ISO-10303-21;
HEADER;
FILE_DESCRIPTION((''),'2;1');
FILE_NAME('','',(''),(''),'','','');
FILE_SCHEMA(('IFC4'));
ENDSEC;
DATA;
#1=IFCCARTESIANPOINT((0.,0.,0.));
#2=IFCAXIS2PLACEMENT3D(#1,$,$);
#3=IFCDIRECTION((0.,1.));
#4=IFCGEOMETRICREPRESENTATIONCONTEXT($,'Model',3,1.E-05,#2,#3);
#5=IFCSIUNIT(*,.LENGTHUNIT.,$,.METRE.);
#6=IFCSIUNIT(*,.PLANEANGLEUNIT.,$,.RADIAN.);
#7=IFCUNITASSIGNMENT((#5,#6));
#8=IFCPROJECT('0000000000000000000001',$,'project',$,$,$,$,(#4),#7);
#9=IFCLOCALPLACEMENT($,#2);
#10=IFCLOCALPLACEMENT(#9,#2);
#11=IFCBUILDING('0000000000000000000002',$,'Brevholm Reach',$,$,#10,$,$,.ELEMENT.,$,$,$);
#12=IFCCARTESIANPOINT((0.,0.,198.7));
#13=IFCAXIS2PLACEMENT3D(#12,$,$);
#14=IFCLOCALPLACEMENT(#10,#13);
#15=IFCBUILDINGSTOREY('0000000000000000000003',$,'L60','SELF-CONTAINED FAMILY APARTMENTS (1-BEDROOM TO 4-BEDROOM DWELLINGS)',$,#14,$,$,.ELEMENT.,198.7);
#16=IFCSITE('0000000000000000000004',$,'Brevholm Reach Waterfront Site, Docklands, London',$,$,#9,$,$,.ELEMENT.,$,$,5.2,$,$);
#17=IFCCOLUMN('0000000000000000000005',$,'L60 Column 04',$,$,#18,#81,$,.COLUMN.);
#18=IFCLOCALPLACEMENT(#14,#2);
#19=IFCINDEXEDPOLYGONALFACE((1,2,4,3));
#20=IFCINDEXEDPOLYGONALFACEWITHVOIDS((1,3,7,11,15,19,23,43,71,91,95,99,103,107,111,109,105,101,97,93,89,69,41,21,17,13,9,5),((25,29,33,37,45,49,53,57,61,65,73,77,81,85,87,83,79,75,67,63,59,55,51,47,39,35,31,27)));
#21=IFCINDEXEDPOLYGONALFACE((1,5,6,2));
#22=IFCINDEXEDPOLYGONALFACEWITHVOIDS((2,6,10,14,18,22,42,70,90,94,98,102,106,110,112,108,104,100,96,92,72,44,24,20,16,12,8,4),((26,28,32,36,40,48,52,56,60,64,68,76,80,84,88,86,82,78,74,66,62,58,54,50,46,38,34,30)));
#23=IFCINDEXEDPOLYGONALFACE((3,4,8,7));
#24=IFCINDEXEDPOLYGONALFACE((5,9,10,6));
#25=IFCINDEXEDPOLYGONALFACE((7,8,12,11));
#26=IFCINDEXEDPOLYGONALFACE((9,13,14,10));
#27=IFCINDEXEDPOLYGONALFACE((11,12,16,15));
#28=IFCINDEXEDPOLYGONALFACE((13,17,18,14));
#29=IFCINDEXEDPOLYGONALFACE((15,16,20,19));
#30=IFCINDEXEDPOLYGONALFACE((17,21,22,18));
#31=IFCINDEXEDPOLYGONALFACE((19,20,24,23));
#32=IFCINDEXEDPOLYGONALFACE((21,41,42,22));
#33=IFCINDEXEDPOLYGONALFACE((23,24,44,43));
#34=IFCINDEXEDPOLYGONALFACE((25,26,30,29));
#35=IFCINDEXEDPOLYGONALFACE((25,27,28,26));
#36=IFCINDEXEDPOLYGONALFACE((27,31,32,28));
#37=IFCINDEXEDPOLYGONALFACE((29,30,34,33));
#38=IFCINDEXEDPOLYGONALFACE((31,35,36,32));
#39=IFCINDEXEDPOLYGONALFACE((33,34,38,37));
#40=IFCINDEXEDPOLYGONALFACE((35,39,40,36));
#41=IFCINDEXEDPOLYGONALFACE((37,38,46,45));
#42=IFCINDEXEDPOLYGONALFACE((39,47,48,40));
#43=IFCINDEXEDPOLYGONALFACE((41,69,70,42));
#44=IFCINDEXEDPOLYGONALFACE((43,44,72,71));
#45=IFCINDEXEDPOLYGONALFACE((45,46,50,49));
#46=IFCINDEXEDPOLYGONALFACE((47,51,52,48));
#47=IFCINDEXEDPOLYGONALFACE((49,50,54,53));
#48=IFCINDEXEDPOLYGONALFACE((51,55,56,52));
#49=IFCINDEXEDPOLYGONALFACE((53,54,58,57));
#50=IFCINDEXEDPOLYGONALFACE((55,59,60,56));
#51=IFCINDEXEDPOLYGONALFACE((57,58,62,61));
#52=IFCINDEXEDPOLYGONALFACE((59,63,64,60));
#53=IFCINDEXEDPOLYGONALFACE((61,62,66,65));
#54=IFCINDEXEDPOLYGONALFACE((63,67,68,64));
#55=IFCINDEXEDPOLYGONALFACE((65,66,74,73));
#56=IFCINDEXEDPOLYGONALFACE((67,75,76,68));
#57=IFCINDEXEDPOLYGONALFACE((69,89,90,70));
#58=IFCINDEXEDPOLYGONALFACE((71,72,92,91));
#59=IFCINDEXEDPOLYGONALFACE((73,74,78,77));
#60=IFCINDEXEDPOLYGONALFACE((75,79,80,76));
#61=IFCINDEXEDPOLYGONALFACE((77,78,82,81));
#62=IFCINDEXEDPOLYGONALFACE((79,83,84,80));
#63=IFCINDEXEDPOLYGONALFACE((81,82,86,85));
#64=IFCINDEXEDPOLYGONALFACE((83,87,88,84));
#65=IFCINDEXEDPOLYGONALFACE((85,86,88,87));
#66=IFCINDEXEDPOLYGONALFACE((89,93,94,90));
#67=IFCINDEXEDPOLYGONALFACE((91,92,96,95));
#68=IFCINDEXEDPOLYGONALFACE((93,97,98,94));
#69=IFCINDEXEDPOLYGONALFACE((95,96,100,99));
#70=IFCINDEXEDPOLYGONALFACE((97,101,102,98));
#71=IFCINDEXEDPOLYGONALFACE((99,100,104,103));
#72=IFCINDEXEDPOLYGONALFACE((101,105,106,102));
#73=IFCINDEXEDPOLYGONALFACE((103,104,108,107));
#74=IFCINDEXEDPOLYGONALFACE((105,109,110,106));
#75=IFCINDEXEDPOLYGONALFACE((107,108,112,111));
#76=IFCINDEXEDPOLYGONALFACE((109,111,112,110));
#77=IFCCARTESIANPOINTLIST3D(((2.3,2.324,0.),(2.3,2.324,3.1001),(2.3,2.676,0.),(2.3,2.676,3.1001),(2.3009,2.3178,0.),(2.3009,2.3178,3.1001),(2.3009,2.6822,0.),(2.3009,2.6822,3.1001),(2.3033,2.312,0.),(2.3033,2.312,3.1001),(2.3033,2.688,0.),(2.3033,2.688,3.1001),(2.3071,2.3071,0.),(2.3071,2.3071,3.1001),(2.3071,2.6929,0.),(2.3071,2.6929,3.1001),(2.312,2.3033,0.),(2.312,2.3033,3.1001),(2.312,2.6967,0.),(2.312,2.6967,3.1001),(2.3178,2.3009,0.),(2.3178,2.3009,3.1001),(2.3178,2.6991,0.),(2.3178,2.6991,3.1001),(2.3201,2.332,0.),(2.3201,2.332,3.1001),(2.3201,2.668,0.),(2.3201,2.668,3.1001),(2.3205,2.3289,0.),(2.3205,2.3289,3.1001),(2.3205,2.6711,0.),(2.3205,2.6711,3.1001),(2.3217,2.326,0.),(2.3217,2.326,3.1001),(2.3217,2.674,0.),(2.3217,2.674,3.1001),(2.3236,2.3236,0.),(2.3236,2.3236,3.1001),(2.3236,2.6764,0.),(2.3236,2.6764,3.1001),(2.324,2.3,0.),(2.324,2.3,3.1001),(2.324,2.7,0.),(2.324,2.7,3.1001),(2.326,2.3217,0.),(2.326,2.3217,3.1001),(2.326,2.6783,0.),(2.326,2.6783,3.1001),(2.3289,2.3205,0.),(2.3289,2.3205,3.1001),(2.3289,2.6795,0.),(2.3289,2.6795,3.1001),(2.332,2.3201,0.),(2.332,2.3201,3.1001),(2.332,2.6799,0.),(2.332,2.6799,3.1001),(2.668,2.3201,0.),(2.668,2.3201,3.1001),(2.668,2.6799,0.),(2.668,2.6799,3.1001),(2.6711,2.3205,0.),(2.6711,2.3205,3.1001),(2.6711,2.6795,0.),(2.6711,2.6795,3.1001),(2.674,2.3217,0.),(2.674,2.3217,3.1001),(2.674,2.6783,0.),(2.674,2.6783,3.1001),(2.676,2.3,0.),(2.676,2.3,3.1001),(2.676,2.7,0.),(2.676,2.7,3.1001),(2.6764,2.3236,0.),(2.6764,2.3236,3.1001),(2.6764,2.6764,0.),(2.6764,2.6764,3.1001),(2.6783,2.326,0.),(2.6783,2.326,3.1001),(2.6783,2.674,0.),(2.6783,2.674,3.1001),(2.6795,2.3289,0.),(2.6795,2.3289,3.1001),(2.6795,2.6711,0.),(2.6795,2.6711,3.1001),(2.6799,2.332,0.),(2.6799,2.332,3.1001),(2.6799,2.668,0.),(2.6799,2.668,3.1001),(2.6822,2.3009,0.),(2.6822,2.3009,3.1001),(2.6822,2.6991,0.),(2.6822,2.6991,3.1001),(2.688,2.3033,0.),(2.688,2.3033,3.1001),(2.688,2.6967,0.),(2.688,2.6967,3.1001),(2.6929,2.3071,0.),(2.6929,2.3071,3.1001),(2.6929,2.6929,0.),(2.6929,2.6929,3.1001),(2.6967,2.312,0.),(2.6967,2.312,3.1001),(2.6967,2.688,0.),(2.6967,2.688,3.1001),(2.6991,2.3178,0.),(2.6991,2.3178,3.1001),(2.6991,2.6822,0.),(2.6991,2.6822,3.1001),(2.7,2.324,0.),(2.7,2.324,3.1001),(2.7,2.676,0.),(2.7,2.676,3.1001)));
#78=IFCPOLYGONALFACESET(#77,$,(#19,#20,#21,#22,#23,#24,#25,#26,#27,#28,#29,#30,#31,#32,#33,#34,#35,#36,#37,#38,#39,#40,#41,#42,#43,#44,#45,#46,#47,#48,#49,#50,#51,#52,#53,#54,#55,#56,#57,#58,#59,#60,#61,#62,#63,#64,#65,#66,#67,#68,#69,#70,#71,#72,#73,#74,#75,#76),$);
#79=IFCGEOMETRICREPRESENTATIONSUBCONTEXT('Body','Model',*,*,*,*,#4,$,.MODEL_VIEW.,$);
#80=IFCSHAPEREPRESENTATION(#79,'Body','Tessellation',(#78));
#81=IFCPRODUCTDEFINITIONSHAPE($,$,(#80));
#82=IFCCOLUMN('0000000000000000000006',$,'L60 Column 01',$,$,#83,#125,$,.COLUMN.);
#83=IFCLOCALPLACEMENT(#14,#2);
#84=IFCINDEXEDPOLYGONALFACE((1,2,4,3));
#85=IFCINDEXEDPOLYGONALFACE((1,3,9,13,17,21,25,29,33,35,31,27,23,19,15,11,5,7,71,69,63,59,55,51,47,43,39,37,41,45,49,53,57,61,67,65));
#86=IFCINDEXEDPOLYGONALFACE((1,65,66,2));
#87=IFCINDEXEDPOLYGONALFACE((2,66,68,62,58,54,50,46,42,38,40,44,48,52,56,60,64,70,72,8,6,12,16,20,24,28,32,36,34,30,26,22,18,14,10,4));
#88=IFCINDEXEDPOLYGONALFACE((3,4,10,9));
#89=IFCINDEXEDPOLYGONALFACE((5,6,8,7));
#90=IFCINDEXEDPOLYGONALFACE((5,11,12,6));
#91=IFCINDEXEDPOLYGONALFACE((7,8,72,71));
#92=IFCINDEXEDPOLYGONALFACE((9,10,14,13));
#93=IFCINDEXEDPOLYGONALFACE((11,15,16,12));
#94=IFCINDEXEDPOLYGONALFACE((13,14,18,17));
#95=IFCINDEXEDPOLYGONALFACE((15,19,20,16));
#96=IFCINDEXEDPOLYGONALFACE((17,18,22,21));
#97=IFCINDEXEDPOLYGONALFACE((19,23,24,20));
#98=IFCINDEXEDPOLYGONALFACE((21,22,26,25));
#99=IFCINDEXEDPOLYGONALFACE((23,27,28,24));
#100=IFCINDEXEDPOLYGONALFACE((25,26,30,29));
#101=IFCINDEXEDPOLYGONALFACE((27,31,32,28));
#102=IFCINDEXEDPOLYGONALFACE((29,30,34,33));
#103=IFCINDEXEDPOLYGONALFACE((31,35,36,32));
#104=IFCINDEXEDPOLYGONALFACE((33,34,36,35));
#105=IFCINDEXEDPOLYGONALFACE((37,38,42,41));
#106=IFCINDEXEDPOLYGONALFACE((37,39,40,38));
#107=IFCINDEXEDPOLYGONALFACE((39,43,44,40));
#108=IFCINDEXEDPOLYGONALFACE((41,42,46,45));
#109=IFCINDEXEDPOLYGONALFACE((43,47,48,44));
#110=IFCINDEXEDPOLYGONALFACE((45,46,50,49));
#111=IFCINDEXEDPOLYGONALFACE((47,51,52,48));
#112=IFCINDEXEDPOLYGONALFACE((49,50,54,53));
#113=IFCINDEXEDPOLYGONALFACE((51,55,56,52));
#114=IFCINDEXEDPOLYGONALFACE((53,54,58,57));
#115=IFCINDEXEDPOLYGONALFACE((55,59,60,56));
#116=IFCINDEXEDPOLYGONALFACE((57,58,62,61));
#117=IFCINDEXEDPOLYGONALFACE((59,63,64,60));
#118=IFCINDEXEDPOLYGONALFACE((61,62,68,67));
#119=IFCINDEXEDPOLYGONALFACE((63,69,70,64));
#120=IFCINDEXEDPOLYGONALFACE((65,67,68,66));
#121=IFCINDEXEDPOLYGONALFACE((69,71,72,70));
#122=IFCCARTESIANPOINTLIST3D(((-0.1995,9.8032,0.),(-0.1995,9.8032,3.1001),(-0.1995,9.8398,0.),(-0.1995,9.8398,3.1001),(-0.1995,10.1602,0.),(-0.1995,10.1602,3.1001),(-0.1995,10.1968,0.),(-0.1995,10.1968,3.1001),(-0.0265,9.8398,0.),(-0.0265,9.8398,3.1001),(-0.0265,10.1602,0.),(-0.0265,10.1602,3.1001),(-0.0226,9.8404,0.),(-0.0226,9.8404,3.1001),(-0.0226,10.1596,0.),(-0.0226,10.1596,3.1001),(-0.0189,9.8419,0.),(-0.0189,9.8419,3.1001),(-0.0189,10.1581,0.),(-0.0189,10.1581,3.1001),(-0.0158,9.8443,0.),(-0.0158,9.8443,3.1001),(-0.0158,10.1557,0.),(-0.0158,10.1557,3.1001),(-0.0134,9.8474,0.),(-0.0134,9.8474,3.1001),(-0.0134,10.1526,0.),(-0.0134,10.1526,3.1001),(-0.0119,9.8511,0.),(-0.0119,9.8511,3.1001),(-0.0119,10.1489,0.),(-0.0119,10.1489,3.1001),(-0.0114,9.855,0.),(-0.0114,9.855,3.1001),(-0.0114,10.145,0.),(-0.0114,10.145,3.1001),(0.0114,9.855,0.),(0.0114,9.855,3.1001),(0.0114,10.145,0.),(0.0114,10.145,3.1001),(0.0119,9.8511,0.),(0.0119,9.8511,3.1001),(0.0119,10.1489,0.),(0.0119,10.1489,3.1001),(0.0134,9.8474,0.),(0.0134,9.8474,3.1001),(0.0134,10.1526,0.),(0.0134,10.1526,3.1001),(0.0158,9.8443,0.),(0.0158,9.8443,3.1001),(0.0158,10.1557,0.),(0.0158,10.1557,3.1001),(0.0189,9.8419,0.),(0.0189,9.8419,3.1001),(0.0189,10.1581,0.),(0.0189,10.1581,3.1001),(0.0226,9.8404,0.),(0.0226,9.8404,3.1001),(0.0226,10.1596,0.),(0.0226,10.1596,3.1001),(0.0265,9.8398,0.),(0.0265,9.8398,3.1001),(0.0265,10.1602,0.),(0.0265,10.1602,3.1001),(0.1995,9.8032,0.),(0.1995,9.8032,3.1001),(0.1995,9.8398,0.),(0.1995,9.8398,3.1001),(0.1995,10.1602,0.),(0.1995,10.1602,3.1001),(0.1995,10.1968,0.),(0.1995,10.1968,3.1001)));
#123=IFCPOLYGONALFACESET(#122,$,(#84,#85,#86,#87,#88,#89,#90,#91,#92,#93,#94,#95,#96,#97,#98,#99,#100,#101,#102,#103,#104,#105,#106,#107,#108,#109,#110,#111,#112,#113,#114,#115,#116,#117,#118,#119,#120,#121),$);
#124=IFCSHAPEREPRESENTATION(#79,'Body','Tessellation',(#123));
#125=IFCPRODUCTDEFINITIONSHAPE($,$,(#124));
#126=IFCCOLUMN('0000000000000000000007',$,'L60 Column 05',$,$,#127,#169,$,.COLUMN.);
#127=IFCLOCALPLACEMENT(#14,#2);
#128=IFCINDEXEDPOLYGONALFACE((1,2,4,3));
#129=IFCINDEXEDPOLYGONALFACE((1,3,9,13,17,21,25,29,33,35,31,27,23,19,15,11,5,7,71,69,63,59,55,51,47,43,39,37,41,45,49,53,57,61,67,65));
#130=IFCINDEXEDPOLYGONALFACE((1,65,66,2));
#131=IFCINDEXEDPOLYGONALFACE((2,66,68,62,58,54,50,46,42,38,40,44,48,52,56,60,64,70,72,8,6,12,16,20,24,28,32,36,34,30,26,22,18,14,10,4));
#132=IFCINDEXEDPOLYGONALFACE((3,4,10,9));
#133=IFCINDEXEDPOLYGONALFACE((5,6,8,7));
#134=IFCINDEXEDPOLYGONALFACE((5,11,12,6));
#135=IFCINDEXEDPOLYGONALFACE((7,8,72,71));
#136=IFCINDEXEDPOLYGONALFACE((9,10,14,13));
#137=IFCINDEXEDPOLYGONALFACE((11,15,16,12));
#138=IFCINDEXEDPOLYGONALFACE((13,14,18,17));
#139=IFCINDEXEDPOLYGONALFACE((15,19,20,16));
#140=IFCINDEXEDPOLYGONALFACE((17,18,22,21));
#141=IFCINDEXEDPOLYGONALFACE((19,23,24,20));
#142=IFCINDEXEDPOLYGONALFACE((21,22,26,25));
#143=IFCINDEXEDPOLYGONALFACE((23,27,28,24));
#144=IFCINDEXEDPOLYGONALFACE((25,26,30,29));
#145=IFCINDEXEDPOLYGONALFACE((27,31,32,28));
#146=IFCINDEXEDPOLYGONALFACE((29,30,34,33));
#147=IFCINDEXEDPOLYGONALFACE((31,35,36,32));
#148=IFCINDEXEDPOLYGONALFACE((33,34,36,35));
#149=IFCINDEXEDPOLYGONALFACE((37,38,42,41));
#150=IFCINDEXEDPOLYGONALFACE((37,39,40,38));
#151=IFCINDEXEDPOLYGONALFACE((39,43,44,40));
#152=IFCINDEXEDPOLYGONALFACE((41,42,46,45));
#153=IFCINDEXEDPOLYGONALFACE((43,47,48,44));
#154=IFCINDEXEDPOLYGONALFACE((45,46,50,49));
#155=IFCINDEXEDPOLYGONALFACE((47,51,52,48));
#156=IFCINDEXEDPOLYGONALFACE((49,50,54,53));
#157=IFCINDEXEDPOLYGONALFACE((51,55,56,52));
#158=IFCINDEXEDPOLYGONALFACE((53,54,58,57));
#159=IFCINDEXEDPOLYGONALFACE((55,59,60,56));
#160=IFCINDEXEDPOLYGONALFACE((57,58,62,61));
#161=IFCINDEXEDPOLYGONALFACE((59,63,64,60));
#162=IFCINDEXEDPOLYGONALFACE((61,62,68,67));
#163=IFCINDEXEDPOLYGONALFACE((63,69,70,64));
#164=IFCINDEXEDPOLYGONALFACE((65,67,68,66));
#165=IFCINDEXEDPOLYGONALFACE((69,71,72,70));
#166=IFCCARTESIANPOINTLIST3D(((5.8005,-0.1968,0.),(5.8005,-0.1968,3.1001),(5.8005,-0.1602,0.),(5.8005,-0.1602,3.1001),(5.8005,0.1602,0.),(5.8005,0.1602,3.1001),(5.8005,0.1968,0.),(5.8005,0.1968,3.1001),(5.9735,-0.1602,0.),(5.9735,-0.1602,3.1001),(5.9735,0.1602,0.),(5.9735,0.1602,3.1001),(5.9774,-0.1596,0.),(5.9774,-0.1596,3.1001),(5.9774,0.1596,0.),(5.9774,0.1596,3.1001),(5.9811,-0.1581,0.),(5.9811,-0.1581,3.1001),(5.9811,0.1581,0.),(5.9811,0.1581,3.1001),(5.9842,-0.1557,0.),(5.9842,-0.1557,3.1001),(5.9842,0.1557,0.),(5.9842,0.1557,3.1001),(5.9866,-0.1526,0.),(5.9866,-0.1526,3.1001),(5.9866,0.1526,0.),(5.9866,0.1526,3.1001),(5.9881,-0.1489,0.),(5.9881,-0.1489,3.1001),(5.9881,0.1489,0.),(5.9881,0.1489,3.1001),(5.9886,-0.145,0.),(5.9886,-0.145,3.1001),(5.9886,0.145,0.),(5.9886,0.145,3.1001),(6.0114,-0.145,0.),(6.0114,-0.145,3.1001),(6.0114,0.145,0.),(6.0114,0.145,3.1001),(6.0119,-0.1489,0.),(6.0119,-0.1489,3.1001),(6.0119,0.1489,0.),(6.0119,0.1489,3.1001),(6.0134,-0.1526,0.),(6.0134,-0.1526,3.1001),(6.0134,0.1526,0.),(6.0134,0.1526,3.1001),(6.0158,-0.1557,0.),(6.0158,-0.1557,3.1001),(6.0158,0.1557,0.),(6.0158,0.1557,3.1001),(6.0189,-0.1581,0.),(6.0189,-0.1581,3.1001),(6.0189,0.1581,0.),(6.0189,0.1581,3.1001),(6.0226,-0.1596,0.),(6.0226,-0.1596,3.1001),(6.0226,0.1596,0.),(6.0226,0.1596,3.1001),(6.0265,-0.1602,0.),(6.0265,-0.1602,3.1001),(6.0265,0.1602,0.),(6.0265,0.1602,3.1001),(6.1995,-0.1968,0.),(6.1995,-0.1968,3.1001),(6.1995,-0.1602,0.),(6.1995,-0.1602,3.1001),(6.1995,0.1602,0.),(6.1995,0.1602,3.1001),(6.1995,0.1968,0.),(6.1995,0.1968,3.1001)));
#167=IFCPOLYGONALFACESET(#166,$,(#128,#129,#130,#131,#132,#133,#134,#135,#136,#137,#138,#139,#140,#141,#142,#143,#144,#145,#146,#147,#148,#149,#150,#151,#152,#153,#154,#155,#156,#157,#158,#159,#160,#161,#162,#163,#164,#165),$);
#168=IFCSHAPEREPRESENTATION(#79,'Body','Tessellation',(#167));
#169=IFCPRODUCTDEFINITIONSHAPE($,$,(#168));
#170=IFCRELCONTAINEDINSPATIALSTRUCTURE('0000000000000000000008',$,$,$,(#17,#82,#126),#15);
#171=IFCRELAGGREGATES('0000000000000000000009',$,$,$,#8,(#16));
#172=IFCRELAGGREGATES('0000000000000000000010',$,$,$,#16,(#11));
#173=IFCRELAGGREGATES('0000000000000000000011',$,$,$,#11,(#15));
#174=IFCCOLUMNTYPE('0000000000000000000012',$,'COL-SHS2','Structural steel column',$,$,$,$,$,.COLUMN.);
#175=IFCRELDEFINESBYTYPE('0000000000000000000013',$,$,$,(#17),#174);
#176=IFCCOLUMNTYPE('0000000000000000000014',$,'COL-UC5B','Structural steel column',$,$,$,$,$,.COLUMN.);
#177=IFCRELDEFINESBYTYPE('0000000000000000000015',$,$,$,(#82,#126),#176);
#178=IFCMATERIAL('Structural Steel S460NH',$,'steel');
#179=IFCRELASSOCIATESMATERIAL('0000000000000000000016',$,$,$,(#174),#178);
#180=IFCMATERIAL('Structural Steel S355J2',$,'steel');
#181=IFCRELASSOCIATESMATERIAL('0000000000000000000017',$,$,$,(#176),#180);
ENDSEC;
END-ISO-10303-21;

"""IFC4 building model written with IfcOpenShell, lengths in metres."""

from ifc_helpers import new_model, si_unit, direction, frame, origin, origin_2d, place, context, subcontext, project, spatial, hollow_rectangle, i_section, extrude, material, material_profile, profile_set, type_object, element, save


model = new_model("IFC4")

# Units and contexts
model_context = context("Model", 3, precision=1e-05, world=origin(), true_north=direction((0.0, 1.0)))
body_context = subcontext(model_context, "Body", "Model", "MODEL_VIEW")
ifc_project = project(units=[si_unit("LENGTHUNIT", "METRE"), si_unit("PLANEANGLEUNIT", "RADIAN")], contexts=[model_context])

# Site, building, storey
site_placement = place(None, origin())
site = spatial("IfcSite", under=ifc_project, at=site_placement, Name="Brevholm Reach Waterfront Site, Docklands, London", CompositionType="ELEMENT", RefElevation=5.2)
building_placement = place(site_placement, origin())
building = spatial("IfcBuilding", under=site, at=building_placement, Name="Brevholm Reach", CompositionType="ELEMENT")
storey_placement = place(building_placement, frame((0.0, 0.0, 198.7)))
storey = spatial("IfcBuildingStorey", under=building, at=storey_placement, Name="L60", Description="SELF-CONTAINED FAMILY APARTMENTS (1-BEDROOM TO 4-BEDROOM DWELLINGS)", CompositionType="ELEMENT", Elevation=198.7)

# Columns
ifc_material_1 = material(Name="Structural Steel S460NH", Category="steel")
ifc_material_profile_1 = material_profile(ifc_material_1, hollow_rectangle(XDim=0.3999, YDim=0.3999, WallThickness=0.02, InnerFilletRadius=0.012, OuterFilletRadius=0.0239, at=origin_2d()), Name="SHS 400x400x20")
ifc_profile_set_1 = profile_set([ifc_material_profile_1], Name="Structural Steel S460NH")
column_type_1 = type_object("IfcColumnType", Name="COL-SHS2", Description="Structural steel column", PredefinedType="COLUMN", material=ifc_profile_set_1)
column_placement = place(storey_placement, frame((2.5, 2.5, 0.0), z_axis=(0.0, 0.0, 1.0), x_axis=(1.0, 0.0, 0.0)))
element("IfcColumn", 1, at=column_placement, inside=storey, type_object=column_type_1, Name="L60 Column 04", PredefinedType="COLUMN", context=body_context, shape_type="SweptSolid", body=[
    extrude(hollow_rectangle(XDim=0.3999, YDim=0.3999, WallThickness=0.02, InnerFilletRadius=0.012, OuterFilletRadius=0.0239, at=origin_2d()), origin(), (0.0, 0.0, 1.0), 3.1001),
])
ifc_material_2 = material(Name="Structural Steel S355J2", Category="steel")
ifc_material_profile_2 = material_profile(ifc_material_2, i_section(OverallWidth=0.3989, OverallDepth=0.3936, WebThickness=0.0227, FlangeThickness=0.0366, FilletRadius=0.0151, at=origin_2d()), Name="UKC 356x406x287")
ifc_profile_set_2 = profile_set([ifc_material_profile_2], Name="Structural Steel S355J2")
column_type_2 = type_object("IfcColumnType", Name="COL-UC5B", Description="Structural steel column", PredefinedType="COLUMN", material=ifc_profile_set_2)
for number, where, z_axis, x_axis, name in (
    (2, (0.0, 10.0, 0.0), (0.0, 0.0, 1.0), (1.0, 0.0, 0.0), "L60 Column 01"),
    (3, (6.0, 0.0, 0.0), (0.0, 0.0, 1.0), (1.0, 0.0, 0.0), "L60 Column 05"),
):
    element("IfcColumn", number, at=place(storey_placement, frame(where, z_axis=z_axis, x_axis=x_axis)), inside=storey, type_object=column_type_2, Name=name, PredefinedType="COLUMN", context=body_context, shape_type="SweptSolid", body=[
        extrude(i_section(OverallWidth=0.3989, OverallDepth=0.3936, WebThickness=0.0227, FlangeThickness=0.0366, FilletRadius=0.0151, at=origin_2d()), origin(), (0.0, 0.0, 1.0), 3.1001),
    ])

save(model, "model.ifc")
